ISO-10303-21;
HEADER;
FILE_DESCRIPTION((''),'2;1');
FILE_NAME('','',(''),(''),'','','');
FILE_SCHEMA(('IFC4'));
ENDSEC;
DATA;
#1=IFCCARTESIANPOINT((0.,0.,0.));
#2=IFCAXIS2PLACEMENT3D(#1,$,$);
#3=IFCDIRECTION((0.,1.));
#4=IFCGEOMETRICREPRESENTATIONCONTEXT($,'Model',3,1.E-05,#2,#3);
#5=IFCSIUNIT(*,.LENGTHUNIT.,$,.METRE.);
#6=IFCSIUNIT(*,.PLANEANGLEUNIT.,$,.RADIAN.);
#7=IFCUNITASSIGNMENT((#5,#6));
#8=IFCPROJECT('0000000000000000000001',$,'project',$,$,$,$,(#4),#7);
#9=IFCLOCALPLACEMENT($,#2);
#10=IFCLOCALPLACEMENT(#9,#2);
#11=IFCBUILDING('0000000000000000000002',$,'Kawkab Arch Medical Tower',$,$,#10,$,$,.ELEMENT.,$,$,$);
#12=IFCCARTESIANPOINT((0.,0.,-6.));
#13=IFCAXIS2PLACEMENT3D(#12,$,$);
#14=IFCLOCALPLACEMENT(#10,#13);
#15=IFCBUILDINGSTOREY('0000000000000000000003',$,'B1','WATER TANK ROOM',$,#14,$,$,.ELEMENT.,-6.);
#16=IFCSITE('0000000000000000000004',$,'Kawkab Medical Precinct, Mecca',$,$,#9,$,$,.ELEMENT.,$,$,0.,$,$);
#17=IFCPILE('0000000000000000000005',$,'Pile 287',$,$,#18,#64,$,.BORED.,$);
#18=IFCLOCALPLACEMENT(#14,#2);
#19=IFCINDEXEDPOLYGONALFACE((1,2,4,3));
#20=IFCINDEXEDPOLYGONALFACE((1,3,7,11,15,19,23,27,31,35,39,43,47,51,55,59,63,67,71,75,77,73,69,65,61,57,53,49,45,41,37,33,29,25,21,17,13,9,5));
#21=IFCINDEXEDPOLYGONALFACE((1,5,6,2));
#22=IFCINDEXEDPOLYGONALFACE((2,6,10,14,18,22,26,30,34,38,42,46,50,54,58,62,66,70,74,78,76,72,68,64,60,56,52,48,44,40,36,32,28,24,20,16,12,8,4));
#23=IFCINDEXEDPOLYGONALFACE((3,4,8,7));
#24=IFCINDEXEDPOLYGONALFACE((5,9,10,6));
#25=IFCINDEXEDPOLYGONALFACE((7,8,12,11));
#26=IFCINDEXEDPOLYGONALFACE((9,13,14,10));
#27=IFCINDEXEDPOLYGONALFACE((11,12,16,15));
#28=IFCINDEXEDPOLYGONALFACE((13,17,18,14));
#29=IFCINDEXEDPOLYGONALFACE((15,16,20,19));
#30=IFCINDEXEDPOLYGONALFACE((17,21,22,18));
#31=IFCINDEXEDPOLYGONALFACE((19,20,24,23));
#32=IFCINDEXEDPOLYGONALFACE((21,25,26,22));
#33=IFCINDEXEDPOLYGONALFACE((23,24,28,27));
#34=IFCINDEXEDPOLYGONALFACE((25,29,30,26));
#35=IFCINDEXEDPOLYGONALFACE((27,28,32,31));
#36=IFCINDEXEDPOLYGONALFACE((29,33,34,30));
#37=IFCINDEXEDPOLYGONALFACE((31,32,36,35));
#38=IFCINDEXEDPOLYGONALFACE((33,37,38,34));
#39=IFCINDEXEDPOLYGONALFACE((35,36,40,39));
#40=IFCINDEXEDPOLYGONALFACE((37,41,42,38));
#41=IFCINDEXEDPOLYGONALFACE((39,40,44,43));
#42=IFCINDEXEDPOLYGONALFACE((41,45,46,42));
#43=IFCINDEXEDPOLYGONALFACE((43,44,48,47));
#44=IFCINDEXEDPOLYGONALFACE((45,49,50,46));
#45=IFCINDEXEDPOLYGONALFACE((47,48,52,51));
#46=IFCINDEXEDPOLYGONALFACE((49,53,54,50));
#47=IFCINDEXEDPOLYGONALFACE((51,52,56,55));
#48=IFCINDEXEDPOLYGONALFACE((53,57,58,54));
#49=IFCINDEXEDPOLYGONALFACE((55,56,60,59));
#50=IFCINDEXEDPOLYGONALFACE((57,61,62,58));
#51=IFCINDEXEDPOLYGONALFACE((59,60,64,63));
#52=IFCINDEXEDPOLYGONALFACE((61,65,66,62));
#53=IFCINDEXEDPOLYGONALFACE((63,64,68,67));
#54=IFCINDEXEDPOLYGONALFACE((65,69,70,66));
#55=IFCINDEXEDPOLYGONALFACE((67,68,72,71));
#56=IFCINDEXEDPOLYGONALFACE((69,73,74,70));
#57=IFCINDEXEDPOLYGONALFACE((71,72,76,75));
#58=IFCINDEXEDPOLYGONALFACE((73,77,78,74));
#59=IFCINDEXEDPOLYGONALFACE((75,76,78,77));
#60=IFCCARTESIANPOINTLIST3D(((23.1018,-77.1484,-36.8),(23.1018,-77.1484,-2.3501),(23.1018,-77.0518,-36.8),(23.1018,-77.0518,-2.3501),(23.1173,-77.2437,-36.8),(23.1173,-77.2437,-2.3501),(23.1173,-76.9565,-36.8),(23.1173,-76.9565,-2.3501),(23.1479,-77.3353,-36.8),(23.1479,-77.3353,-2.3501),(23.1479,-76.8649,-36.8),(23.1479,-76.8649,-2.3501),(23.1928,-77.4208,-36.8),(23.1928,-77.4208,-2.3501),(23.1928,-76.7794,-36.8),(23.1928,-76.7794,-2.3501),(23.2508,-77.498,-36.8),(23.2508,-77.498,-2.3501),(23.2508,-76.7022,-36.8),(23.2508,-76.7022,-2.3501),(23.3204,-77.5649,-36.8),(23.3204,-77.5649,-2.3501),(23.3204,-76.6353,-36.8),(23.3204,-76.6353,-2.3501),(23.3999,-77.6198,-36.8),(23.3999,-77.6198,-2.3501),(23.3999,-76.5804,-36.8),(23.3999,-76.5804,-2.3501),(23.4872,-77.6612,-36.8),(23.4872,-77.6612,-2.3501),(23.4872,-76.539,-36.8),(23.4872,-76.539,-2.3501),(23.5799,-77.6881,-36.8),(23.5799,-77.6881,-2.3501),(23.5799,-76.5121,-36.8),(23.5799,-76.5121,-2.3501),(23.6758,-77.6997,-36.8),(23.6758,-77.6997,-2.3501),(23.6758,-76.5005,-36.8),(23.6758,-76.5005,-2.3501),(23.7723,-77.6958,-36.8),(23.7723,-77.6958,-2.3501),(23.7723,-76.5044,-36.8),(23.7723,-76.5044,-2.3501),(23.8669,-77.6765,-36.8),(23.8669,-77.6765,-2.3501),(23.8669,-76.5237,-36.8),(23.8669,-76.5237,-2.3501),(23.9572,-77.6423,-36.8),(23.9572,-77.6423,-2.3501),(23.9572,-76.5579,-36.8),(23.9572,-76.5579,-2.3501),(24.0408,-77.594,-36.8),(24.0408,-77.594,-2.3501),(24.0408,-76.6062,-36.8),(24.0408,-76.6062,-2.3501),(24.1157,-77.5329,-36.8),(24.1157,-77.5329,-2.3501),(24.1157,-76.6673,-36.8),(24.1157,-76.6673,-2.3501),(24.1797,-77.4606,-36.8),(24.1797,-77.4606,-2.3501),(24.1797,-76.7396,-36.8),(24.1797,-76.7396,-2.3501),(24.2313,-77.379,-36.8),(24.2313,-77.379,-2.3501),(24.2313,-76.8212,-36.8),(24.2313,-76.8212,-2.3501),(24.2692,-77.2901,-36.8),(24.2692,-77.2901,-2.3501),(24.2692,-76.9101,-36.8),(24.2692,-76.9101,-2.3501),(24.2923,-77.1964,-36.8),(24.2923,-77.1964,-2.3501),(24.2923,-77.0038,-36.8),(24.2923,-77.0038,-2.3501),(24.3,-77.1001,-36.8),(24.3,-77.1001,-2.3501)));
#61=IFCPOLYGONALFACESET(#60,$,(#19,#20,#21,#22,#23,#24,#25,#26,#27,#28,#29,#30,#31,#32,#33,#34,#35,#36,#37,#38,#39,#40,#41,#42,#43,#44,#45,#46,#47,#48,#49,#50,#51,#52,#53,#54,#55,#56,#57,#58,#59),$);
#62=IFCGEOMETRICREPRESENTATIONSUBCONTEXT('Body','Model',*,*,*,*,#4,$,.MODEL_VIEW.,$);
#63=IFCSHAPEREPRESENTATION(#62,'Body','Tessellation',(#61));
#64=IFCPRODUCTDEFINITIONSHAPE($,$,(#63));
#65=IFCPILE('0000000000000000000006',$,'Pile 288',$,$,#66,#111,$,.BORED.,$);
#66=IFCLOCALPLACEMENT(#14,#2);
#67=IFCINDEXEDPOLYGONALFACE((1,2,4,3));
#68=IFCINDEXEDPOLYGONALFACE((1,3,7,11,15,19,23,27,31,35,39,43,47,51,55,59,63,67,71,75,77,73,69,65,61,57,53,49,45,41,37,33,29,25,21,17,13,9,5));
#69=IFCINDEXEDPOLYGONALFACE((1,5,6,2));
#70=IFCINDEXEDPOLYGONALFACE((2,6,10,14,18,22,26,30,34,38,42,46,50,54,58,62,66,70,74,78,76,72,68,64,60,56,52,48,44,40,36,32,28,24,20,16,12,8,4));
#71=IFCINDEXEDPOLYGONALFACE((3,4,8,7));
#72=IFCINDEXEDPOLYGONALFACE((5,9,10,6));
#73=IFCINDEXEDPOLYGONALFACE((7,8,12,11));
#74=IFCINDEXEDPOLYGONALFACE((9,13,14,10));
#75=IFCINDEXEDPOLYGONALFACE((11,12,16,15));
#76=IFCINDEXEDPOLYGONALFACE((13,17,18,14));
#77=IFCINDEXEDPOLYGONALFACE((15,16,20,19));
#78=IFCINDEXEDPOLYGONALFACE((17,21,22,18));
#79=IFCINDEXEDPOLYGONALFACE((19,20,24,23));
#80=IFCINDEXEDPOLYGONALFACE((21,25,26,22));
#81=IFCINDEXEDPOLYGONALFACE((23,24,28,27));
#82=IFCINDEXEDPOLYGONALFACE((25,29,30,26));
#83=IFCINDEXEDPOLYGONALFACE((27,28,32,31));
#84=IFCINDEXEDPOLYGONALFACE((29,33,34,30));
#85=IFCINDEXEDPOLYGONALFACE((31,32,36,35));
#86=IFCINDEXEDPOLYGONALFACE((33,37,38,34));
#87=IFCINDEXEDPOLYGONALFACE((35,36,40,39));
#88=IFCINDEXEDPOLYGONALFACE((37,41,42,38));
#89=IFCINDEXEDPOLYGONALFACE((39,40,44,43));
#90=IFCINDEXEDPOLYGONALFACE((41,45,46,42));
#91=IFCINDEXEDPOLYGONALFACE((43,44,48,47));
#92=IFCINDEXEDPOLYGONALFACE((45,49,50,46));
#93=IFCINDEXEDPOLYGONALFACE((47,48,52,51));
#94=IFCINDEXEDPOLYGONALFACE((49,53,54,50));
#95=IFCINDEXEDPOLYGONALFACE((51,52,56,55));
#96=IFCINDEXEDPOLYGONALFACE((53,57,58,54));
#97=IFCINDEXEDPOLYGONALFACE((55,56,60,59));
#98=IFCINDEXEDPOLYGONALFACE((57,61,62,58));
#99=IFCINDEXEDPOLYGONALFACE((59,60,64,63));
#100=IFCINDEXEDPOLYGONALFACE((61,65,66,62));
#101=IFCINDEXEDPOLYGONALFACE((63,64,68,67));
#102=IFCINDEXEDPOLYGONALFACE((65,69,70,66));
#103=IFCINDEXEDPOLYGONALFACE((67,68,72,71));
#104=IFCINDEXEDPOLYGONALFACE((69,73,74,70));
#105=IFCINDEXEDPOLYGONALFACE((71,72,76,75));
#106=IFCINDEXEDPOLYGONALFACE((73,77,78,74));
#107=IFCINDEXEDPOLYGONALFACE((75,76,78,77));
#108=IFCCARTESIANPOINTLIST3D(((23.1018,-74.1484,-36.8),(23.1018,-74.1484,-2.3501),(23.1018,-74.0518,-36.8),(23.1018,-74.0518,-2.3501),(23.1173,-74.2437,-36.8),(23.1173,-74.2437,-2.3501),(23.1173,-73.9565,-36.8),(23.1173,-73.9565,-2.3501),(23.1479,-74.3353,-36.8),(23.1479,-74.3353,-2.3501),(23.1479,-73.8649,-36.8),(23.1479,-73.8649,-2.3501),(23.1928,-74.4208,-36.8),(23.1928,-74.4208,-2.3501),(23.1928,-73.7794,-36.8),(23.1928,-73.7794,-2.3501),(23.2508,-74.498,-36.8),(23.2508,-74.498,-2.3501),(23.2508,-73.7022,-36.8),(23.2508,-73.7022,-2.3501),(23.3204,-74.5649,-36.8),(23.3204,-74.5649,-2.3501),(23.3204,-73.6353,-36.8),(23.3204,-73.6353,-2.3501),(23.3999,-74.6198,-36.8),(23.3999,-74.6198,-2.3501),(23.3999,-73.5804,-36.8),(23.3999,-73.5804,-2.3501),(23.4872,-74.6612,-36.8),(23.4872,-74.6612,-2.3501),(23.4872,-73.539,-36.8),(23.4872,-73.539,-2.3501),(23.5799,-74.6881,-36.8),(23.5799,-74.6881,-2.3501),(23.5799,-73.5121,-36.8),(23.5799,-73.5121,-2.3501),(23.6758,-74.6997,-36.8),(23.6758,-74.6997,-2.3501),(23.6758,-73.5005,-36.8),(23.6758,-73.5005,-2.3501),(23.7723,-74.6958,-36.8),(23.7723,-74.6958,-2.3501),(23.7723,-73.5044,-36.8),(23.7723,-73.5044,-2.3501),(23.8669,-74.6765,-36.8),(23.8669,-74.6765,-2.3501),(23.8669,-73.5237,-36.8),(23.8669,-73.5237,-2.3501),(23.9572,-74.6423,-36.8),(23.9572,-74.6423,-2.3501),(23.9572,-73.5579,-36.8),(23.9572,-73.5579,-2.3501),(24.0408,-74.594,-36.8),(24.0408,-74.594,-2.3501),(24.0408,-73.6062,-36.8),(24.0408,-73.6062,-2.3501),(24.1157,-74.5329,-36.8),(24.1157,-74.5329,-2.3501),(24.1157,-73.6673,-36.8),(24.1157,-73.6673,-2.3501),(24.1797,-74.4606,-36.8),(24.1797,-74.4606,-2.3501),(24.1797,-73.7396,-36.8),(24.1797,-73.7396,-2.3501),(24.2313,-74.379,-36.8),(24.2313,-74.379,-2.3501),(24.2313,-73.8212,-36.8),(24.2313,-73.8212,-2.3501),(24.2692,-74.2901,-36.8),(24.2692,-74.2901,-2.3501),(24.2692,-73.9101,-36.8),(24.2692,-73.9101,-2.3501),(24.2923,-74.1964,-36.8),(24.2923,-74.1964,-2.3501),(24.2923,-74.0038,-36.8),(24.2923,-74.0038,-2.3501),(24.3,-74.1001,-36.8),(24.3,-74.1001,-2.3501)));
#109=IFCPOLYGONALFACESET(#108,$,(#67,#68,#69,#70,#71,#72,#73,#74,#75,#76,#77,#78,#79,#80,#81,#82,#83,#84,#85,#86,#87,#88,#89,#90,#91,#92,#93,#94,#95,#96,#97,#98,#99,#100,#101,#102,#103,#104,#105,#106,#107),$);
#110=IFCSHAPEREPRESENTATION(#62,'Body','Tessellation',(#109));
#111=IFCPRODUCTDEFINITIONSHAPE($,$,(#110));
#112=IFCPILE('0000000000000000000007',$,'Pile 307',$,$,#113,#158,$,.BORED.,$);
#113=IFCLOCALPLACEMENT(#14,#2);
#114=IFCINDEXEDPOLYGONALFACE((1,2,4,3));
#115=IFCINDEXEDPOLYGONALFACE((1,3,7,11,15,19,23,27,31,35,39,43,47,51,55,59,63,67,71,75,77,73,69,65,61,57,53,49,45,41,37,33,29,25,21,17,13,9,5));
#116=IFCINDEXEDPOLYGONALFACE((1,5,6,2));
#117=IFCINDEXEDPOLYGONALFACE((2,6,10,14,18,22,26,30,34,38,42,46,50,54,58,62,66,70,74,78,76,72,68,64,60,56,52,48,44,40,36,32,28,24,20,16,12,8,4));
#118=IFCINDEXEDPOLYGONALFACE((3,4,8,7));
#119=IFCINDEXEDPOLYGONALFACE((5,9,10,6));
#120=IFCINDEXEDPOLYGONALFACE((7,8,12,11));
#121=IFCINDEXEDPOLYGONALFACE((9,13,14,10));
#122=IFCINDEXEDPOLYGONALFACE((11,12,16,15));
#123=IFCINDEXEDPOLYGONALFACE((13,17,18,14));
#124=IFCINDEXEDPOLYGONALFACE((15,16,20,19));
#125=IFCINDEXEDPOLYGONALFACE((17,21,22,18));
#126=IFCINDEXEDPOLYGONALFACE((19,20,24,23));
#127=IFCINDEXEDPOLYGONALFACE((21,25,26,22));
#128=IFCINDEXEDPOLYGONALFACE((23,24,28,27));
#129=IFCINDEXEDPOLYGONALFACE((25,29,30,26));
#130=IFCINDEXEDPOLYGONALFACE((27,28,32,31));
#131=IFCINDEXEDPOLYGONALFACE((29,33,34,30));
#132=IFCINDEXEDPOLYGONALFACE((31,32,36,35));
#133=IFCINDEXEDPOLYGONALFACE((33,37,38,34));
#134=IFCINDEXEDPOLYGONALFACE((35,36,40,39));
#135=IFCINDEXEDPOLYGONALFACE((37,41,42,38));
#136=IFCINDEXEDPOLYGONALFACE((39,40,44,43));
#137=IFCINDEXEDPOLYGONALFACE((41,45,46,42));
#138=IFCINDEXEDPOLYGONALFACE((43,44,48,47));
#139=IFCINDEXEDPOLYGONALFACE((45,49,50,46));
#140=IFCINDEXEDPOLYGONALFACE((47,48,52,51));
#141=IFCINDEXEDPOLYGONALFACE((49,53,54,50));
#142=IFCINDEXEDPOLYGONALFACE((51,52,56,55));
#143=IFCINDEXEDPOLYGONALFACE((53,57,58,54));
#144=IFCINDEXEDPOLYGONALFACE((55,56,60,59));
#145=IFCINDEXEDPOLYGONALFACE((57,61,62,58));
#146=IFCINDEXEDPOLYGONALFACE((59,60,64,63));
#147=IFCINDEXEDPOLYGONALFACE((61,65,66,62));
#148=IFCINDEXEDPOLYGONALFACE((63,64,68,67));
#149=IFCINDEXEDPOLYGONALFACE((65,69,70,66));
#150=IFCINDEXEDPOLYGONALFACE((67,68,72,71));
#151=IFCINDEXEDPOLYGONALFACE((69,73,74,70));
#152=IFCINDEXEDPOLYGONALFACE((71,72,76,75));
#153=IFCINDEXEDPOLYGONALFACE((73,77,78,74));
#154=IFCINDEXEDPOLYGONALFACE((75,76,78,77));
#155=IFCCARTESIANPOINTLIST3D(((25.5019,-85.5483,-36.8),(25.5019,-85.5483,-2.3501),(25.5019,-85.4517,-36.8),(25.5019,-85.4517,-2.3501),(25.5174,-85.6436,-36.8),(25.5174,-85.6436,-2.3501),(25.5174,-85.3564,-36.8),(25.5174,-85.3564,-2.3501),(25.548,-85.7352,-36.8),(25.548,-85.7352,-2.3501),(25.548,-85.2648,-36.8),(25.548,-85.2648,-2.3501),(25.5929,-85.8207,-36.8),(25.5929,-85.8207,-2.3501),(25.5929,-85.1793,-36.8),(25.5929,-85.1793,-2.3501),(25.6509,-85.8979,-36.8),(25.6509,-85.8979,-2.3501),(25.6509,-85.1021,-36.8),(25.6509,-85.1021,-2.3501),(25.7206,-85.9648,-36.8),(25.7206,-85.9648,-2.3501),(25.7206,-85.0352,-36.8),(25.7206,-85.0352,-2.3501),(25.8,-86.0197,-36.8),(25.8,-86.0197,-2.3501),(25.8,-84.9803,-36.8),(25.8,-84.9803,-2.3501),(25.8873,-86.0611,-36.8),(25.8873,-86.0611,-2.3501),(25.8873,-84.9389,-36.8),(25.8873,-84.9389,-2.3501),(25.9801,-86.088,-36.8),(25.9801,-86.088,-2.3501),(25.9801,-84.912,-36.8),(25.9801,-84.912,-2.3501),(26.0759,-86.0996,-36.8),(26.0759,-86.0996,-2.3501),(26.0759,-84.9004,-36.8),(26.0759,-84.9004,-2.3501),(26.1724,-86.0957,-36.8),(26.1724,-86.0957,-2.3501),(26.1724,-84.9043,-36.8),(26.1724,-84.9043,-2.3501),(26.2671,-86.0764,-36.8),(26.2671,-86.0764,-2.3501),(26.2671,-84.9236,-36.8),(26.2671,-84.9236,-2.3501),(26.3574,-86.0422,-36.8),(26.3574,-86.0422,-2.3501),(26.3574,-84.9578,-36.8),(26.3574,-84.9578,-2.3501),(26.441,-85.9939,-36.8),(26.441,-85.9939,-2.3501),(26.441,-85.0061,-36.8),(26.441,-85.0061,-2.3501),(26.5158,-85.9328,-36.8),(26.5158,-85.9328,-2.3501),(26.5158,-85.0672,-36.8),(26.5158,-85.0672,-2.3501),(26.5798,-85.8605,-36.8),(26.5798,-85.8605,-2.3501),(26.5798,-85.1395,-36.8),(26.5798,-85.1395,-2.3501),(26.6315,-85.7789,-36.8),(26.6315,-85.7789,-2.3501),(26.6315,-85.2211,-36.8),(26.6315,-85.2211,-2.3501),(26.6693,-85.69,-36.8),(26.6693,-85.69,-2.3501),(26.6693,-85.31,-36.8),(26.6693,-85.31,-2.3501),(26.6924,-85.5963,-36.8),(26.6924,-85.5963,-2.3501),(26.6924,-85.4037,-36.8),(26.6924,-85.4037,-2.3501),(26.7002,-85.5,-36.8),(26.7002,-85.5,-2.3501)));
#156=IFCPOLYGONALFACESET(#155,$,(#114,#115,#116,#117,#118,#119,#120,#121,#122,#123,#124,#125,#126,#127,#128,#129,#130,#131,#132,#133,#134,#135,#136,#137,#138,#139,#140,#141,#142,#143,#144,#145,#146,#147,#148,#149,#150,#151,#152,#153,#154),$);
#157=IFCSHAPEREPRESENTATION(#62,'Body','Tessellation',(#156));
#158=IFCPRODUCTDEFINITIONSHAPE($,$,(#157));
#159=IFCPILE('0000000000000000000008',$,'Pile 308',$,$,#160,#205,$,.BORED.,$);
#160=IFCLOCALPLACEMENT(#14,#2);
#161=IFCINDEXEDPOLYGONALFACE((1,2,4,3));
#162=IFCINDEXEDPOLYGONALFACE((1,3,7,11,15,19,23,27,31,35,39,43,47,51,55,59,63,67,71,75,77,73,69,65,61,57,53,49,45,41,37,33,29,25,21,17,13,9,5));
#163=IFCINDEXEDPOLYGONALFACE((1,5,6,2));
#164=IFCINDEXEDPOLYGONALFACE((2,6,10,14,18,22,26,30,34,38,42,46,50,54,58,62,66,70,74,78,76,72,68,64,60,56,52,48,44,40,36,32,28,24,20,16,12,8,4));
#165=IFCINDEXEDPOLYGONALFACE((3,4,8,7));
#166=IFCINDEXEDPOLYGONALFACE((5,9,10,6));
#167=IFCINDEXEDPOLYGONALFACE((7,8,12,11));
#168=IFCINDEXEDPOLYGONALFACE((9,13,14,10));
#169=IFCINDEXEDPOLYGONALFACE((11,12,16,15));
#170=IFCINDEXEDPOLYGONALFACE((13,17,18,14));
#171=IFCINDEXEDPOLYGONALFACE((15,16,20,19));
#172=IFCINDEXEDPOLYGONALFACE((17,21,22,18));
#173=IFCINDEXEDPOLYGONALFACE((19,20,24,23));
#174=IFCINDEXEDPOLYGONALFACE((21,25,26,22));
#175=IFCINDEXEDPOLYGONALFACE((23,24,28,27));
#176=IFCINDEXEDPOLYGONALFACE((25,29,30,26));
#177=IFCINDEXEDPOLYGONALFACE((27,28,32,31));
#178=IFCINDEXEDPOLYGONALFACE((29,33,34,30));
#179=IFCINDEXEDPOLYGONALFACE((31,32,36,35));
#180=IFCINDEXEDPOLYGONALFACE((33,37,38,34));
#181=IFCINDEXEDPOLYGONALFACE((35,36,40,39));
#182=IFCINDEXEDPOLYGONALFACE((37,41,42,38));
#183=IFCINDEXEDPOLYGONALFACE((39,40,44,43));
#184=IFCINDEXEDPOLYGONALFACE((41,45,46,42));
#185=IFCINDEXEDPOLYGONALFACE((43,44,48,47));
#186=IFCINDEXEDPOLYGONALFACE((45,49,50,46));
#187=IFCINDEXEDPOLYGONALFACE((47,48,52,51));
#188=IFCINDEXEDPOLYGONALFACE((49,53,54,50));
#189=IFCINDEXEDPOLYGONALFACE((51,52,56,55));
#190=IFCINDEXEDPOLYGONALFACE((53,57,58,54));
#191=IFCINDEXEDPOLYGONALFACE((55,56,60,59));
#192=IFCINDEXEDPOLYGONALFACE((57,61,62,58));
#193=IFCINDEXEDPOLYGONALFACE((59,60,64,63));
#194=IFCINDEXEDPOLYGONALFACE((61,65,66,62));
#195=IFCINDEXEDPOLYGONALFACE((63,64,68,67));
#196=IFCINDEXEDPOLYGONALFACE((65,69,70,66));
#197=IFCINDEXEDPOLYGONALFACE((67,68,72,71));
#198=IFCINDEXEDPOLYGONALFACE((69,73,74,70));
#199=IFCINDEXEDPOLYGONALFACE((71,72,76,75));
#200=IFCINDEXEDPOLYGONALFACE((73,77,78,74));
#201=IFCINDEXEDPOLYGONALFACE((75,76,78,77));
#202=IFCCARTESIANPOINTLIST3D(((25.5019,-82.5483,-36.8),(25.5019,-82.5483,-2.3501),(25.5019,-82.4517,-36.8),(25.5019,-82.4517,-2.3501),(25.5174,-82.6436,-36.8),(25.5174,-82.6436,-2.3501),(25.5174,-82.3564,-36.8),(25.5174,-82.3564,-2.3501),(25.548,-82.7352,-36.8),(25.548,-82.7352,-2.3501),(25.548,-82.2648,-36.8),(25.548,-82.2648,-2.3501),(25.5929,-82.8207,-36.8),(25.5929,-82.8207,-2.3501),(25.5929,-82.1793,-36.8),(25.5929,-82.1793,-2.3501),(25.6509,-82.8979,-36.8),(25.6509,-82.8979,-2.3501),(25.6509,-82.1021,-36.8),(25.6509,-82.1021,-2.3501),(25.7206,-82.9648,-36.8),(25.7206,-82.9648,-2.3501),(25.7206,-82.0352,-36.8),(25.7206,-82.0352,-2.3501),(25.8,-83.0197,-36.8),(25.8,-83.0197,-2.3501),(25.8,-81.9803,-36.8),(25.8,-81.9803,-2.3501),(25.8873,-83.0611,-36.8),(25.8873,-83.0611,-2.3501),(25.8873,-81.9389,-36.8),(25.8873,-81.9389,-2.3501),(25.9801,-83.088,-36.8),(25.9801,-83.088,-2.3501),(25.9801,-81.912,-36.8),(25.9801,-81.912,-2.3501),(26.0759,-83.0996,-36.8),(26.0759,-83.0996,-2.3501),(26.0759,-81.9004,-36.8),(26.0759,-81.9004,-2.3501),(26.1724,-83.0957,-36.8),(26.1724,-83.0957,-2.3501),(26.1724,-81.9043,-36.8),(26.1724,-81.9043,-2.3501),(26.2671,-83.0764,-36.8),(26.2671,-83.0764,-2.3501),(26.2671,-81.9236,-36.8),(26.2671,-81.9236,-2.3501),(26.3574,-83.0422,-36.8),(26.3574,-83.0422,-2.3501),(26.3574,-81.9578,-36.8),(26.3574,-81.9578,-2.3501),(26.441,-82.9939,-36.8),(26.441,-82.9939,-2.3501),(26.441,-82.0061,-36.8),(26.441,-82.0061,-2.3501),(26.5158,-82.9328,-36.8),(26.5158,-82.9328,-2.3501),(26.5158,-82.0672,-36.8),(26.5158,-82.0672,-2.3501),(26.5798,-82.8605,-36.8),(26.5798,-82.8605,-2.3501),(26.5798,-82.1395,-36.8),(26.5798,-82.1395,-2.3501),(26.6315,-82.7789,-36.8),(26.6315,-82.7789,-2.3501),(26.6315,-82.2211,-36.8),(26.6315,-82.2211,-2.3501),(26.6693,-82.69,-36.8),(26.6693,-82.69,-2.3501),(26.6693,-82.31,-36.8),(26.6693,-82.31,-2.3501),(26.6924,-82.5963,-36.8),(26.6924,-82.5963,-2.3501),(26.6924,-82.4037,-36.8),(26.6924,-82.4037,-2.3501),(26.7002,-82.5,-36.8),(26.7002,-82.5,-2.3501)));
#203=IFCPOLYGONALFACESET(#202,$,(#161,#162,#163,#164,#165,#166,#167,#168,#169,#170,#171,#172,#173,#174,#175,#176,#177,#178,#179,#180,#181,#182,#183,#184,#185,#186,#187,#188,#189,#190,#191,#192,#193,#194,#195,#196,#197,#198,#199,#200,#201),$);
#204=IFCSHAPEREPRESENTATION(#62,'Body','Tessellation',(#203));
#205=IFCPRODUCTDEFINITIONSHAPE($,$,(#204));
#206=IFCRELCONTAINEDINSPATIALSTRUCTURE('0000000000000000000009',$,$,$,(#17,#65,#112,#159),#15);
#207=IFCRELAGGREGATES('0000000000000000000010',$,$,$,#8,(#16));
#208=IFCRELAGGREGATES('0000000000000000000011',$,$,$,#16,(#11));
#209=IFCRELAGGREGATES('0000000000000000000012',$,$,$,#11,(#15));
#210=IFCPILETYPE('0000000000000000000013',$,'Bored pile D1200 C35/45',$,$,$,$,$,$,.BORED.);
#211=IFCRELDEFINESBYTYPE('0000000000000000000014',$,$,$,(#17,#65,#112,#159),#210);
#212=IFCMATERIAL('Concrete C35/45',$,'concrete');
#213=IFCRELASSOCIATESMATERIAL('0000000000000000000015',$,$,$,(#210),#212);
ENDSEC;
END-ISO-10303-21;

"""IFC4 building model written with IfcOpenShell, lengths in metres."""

from ifc_helpers import new_model, si_unit, direction, frame, origin, origin_2d, place, context, subcontext, project, spatial, circle, extrude, material, material_profile, profile_set, type_object, element, save


model = new_model("IFC4")

# Units and contexts
model_context = context("Model", 3, precision=1e-05, world=origin(), true_north=direction((0.0, 1.0)))
body_context = subcontext(model_context, "Body", "Model", "MODEL_VIEW")
ifc_project = project(units=[si_unit("LENGTHUNIT", "METRE"), si_unit("PLANEANGLEUNIT", "RADIAN")], contexts=[model_context])

# Site, building, storey
site_placement = place(None, origin())
site = spatial("IfcSite", under=ifc_project, at=site_placement, Name="Kawkab Medical Precinct, Mecca", CompositionType="ELEMENT", RefElevation=0.0)
building_placement = place(site_placement, origin())
building = spatial("IfcBuilding", under=site, at=building_placement, Name="Kawkab Arch Medical Tower", CompositionType="ELEMENT")
storey_placement = place(building_placement, frame((0.0, 0.0, -6.0)))
storey = spatial("IfcBuildingStorey", under=building, at=storey_placement, Name="B1", Description="WATER TANK ROOM", CompositionType="ELEMENT", Elevation=-6.0)

# Piles
ifc_material_1 = material(Name="Concrete C35/45", Category="concrete")
ifc_material_profile_1 = material_profile(ifc_material_1, circle(Radius=0.6001, at=origin_2d()), Name="Bored pile D1200")
ifc_profile_set_1 = profile_set([ifc_material_profile_1], Name="Concrete C35/45")
pile_type = type_object("IfcPileType", Name="Bored pile D1200 C35/45", PredefinedType="BORED", material=ifc_profile_set_1)
for number, where, z_axis, x_axis, name in (
    (1, (23.7, -77.1001, -2.3501), (0.0, 0.0, -1.0), (1.0, 0.0, 0.0), "Pile 287"),
    (2, (23.7, -74.1001, -2.3501), (0.0, 0.0, -1.0), (1.0, 0.0, 0.0), "Pile 288"),
    (3, (26.1001, -85.5, -2.3501), (0.0, 0.0, -1.0), (1.0, 0.0, 0.0), "Pile 307"),
    (4, (26.1001, -82.5, -2.3501), (0.0, 0.0, -1.0), (1.0, 0.0, 0.0), "Pile 308"),
):
    element("IfcPile", number, at=place(storey_placement, frame(where, z_axis=z_axis, x_axis=x_axis)), inside=storey, type_object=pile_type, Name=name, PredefinedType="BORED", context=body_context, shape_type="SweptSolid", body=[
        extrude(circle(Radius=0.6001, at=origin_2d()), origin(), (0.0, 0.0, 1.0), 34.45),
    ])

save(model, "model.ifc")
